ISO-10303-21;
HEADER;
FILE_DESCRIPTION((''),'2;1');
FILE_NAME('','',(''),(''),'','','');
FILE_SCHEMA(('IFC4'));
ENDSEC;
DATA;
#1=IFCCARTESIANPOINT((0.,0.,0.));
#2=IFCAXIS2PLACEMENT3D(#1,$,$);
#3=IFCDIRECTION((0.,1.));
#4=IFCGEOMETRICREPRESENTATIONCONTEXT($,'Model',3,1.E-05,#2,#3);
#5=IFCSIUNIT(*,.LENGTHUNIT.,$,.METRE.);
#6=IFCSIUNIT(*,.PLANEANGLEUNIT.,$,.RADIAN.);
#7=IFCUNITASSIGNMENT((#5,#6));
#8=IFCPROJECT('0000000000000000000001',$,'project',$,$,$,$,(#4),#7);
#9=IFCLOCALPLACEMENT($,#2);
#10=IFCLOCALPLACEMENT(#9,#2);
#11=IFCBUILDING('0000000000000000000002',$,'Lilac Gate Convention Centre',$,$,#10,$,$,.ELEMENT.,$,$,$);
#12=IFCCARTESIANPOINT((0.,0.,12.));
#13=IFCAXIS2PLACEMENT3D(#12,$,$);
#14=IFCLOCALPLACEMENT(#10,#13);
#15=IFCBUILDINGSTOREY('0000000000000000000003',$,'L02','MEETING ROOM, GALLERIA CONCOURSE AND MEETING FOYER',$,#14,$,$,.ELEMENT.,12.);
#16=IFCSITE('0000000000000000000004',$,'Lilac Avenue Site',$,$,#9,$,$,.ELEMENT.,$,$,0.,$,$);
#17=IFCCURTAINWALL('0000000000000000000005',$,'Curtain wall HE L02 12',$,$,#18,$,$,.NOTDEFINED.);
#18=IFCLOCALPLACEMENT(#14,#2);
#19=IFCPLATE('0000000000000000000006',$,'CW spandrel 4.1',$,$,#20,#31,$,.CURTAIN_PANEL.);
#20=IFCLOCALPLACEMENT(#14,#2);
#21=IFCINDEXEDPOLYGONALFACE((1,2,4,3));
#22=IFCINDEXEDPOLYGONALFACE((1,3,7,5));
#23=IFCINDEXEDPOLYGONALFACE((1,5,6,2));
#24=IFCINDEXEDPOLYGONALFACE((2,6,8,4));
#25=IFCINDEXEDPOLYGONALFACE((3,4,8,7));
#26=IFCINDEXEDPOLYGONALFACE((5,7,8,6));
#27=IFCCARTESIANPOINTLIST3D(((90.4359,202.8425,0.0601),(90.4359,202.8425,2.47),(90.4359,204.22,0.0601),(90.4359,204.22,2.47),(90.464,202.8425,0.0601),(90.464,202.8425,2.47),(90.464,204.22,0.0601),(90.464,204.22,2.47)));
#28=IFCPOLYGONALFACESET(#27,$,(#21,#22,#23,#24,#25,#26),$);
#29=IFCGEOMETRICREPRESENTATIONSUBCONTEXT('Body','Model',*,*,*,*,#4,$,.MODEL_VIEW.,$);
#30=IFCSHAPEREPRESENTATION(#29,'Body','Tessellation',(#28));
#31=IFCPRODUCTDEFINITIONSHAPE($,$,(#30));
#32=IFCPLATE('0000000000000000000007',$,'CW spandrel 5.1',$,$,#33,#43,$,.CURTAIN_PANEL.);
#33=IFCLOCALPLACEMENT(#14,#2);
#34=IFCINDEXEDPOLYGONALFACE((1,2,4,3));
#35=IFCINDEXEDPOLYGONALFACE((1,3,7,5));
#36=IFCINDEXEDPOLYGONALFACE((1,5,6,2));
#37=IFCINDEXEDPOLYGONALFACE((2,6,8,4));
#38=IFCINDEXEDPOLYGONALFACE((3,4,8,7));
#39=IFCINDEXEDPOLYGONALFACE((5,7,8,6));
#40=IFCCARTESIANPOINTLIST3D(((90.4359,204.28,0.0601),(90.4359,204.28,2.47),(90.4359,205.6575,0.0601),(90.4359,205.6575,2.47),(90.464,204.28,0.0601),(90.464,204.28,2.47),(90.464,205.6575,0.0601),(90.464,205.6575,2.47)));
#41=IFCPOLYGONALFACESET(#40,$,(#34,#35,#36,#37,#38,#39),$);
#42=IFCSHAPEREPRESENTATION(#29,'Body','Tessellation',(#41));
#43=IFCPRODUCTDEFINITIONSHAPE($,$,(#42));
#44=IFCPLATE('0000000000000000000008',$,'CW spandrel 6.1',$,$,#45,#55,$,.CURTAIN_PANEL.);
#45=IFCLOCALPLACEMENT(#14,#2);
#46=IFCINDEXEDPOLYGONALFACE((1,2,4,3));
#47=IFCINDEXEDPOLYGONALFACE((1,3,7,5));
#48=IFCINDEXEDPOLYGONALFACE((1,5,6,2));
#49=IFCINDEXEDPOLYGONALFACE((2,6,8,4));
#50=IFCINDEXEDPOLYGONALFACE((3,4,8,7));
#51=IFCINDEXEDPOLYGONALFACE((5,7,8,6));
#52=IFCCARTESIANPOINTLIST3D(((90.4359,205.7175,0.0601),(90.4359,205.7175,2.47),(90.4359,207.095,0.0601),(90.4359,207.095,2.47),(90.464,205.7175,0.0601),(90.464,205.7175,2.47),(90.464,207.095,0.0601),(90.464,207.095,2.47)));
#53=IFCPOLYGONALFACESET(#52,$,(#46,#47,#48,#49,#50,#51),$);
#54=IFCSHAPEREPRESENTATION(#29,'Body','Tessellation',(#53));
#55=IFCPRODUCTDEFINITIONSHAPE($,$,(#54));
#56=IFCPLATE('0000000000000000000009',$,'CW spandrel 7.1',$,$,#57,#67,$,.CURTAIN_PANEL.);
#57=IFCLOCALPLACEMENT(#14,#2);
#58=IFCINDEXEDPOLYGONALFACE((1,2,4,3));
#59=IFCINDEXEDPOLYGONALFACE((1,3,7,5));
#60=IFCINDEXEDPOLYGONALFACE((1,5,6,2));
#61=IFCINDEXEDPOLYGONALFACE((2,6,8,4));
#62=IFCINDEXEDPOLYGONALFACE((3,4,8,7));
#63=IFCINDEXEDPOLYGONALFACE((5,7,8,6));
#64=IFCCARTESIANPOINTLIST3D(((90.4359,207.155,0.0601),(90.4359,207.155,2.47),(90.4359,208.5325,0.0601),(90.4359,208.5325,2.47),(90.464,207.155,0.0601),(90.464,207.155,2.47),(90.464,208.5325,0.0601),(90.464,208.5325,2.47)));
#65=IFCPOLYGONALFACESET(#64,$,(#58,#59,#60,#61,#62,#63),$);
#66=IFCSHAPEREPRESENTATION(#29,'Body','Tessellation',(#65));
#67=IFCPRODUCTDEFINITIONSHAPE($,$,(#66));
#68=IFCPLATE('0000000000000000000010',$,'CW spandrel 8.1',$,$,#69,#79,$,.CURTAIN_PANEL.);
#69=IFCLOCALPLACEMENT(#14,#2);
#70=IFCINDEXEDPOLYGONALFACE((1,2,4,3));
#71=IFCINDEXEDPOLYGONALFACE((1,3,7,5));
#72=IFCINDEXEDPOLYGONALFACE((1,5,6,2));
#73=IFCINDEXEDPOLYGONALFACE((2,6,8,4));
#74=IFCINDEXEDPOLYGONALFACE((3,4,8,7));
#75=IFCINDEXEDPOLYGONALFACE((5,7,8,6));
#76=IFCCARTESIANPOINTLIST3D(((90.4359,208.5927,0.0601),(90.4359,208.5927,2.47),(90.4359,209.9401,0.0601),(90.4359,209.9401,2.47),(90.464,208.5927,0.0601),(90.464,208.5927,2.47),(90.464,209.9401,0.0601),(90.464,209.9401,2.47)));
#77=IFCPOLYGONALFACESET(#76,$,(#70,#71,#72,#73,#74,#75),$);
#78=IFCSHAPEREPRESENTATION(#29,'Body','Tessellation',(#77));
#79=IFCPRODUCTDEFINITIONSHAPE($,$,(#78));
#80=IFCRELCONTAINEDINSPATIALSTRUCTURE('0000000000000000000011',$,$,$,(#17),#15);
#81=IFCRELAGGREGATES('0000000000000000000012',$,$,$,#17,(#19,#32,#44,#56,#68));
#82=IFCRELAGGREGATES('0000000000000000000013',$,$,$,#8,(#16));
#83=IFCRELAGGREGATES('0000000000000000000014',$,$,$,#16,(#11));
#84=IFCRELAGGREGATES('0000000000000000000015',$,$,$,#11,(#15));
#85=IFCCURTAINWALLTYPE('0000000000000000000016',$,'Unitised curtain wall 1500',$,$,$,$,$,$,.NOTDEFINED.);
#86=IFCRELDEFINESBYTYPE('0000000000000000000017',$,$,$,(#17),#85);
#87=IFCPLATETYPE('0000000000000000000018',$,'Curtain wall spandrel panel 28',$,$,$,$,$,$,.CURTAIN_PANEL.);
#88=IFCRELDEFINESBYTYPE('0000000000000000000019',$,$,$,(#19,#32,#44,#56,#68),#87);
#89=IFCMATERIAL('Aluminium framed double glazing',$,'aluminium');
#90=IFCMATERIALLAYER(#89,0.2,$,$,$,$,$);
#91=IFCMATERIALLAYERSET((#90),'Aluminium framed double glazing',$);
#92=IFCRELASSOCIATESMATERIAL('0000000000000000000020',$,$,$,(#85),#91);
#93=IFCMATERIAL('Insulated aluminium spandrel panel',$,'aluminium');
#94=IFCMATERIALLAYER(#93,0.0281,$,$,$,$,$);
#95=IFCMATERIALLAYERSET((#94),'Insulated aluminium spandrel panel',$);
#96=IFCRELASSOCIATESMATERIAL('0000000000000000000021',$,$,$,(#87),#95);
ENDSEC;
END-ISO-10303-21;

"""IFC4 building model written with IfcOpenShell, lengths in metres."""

from ifc_helpers import new_model, si_unit, direction, frame, origin, origin_2d, place, context, subcontext, project, spatial, rectangle, extrude, material, layer, layer_set, type_object, element, aggregate, save


model = new_model("IFC4")

# Units and contexts
model_context = context("Model", 3, precision=1e-05, world=origin(), true_north=direction((0.0, 1.0)))
body_context = subcontext(model_context, "Body", "Model", "MODEL_VIEW")
ifc_project = project(units=[si_unit("LENGTHUNIT", "METRE"), si_unit("PLANEANGLEUNIT", "RADIAN")], contexts=[model_context])

# Site, building, storey
site_placement = place(None, origin())
site = spatial("IfcSite", under=ifc_project, at=site_placement, Name="Lilac Avenue Site", CompositionType="ELEMENT", RefElevation=0.0)
building_placement = place(site_placement, origin())
building = spatial("IfcBuilding", under=site, at=building_placement, Name="Lilac Gate Convention Centre", CompositionType="ELEMENT")
storey_placement = place(building_placement, frame((0.0, 0.0, 12.0)))
storey = spatial("IfcBuildingStorey", under=building, at=storey_placement, Name="L02", Description="MEETING ROOM, GALLERIA CONCOURSE AND MEETING FOYER", CompositionType="ELEMENT", Elevation=12.0)

# Curtain wall
ifc_material_1 = material(Name="Aluminium framed double glazing", Category="aluminium")
ifc_layer_1 = layer(ifc_material_1, 0.2)
ifc_layer_set_1 = layer_set([ifc_layer_1], Name="Aluminium framed double glazing")
curtain_wall_type = type_object("IfcCurtainWallType", Name="Unitised curtain wall 1500", PredefinedType="NOTDEFINED", material=ifc_layer_set_1)
curtain_wall_placement = place(storey_placement, origin())
curtain_wall = element("IfcCurtainWall", 1, at=curtain_wall_placement, inside=storey, type_object=curtain_wall_type, Name="Curtain wall HE L02 12", PredefinedType="NOTDEFINED")

# Plates
ifc_material_2 = material(Name="Insulated aluminium spandrel panel", Category="aluminium")
ifc_layer_2 = layer(ifc_material_2, 0.0281)
ifc_layer_set_2 = layer_set([ifc_layer_2], Name="Insulated aluminium spandrel panel")
plate_type_1 = type_object("IfcPlateType", Name="Curtain wall spandrel panel 28", PredefinedType="CURTAIN_PANEL", material=ifc_layer_set_2)
plate_1_placement = place(storey_placement, frame((90.45, 203.5312, 0.0601), z_axis=(0.0, 0.0, 1.0), x_axis=(0.0, 1.0, 0.0)))
plate_1 = element("IfcPlate", 2, at=plate_1_placement, type_object=plate_type_1, Name="CW spandrel 4.1", PredefinedType="CURTAIN_PANEL", context=body_context, shape_type="SweptSolid", body=[
    extrude(rectangle(XDim=1.3774, YDim=0.0281, at=origin_2d()), origin(), (0.0, 0.0, 1.0), 2.4099),
])
plate_2_placement = place(storey_placement, frame((90.45, 204.9688, 0.0601), z_axis=(0.0, 0.0, 1.0), x_axis=(0.0, 1.0, 0.0)))
plate_2 = element("IfcPlate", 3, at=plate_2_placement, type_object=plate_type_1, Name="CW spandrel 5.1", PredefinedType="CURTAIN_PANEL", context=body_context, shape_type="SweptSolid", body=[
    extrude(rectangle(XDim=1.3774, YDim=0.0281, at=origin_2d()), origin(), (0.0, 0.0, 1.0), 2.4099),
])
plate_3_placement = place(storey_placement, frame((90.45, 206.4062, 0.0601), z_axis=(0.0, 0.0, 1.0), x_axis=(0.0, 1.0, 0.0)))
plate_3 = element("IfcPlate", 4, at=plate_3_placement, type_object=plate_type_1, Name="CW spandrel 6.1", PredefinedType="CURTAIN_PANEL", context=body_context, shape_type="SweptSolid", body=[
    extrude(rectangle(XDim=1.3774, YDim=0.0281, at=origin_2d()), origin(), (0.0, 0.0, 1.0), 2.4099),
])
plate_4_placement = place(storey_placement, frame((90.45, 207.8438, 0.0601), z_axis=(0.0, 0.0, 1.0), x_axis=(0.0, 1.0, 0.0)))
plate_4 = element("IfcPlate", 5, at=plate_4_placement, type_object=plate_type_1, Name="CW spandrel 7.1", PredefinedType="CURTAIN_PANEL", context=body_context, shape_type="SweptSolid", body=[
    extrude(rectangle(XDim=1.3774, YDim=0.0281, at=origin_2d()), origin(), (0.0, 0.0, 1.0), 2.4099),
])
plate_5_placement = place(storey_placement, frame((90.45, 209.2664, 0.0601), z_axis=(0.0, 0.0, 1.0), x_axis=(0.0, 1.0, 0.0)))
plate_5 = element("IfcPlate", 6, at=plate_5_placement, type_object=plate_type_1, Name="CW spandrel 8.1", PredefinedType="CURTAIN_PANEL", context=body_context, shape_type="SweptSolid", body=[
    extrude(rectangle(XDim=1.3474, YDim=0.0281, at=origin_2d()), origin(), (0.0, 0.0, 1.0), 2.4099),
])
aggregate(curtain_wall, [plate_1, plate_2, plate_3, plate_4, plate_5])

save(model, "model.ifc")
